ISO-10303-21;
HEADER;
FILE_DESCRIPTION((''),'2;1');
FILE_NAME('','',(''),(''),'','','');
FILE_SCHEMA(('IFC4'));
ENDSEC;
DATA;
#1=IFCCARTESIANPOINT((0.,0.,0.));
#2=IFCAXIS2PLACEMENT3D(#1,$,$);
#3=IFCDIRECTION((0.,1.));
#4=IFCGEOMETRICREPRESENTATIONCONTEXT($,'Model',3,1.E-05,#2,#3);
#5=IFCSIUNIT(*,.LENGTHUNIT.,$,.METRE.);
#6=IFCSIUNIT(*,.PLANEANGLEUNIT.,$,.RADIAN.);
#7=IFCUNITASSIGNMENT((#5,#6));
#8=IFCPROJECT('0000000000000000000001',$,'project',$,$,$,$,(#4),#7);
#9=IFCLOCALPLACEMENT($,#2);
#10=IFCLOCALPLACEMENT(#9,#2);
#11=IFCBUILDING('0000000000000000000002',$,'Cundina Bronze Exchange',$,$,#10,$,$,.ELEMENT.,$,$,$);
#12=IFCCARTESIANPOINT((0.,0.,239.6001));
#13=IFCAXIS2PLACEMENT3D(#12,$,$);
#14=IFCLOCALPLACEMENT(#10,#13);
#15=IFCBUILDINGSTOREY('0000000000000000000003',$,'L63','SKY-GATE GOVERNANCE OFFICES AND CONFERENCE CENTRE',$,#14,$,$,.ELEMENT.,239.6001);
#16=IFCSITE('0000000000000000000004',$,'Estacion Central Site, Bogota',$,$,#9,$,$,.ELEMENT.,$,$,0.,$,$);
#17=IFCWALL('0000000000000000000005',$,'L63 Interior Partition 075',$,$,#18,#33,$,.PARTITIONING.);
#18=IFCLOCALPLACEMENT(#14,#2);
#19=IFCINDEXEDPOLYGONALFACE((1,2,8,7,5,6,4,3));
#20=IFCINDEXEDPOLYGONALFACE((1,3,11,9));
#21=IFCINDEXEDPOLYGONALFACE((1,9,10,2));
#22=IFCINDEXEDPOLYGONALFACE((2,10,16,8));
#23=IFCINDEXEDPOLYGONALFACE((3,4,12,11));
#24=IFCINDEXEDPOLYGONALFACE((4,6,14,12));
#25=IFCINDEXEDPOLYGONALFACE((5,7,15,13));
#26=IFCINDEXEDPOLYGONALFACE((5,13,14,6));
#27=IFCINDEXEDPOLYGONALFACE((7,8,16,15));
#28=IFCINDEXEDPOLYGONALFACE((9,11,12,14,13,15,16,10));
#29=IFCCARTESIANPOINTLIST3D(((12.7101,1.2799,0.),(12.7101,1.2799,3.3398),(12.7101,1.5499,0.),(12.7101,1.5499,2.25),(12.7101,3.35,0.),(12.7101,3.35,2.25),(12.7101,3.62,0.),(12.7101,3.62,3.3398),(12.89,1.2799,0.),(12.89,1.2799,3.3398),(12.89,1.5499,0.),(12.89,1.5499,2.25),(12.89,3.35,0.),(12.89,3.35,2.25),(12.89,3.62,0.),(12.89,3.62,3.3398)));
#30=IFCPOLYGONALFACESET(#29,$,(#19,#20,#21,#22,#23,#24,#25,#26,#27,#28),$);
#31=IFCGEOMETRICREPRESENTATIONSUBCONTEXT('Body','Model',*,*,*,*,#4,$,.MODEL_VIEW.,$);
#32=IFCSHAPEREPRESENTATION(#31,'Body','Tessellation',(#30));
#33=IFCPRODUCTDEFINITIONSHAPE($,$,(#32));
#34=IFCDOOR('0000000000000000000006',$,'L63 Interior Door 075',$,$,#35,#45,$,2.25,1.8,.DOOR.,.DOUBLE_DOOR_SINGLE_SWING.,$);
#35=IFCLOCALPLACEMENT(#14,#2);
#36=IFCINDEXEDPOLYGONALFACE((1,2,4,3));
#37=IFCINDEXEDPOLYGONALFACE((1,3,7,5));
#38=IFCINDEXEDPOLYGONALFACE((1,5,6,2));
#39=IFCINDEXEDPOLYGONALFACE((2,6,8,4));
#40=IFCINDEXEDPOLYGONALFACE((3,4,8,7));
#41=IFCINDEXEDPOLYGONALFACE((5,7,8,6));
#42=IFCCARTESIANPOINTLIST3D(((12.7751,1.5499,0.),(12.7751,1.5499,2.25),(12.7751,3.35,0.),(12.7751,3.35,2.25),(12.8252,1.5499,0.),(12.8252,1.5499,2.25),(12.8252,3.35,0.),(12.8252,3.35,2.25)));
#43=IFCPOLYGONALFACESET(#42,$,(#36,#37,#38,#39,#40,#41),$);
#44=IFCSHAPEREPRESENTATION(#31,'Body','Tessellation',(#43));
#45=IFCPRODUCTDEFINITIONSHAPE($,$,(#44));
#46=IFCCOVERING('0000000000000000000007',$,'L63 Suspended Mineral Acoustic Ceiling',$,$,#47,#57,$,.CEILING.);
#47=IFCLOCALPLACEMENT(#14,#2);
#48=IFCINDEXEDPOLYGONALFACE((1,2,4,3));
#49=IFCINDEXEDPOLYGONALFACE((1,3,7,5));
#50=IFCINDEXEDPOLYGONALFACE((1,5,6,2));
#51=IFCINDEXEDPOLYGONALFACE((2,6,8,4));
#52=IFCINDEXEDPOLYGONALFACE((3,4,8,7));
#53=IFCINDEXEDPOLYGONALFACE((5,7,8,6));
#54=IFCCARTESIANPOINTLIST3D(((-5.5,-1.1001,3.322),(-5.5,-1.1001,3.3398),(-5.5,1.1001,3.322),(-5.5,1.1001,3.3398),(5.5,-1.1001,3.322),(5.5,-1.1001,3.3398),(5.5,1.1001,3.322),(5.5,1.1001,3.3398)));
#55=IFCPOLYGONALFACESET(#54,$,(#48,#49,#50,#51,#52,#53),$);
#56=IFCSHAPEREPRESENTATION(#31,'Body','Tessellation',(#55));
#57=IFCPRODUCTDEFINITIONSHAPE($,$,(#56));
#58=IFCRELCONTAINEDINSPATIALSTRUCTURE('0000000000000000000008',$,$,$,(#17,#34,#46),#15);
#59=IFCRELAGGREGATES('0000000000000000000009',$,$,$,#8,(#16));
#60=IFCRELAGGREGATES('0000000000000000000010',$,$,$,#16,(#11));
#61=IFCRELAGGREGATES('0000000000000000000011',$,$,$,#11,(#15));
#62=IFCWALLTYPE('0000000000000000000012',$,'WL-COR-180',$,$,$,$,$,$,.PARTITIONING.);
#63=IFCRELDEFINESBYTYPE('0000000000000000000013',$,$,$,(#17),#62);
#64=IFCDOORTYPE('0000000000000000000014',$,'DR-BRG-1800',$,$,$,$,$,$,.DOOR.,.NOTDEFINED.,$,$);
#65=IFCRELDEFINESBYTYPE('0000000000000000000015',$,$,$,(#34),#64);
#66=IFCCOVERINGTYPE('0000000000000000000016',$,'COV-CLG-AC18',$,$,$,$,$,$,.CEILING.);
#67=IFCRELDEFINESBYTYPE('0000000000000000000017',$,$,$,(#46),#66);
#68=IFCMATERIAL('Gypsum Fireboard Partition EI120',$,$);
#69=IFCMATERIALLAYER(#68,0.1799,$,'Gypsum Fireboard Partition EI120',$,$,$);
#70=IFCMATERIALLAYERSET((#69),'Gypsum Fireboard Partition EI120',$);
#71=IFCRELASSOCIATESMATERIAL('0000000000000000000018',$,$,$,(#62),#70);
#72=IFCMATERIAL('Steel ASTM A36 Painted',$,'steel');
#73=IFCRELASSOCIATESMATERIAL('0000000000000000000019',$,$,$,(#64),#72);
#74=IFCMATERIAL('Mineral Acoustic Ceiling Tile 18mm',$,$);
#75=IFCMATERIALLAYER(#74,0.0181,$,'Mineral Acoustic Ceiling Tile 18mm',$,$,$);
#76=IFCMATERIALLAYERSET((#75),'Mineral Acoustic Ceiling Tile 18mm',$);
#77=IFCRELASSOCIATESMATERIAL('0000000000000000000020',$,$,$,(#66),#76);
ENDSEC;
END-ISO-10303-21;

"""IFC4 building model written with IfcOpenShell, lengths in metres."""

from ifc_helpers import new_model, si_unit, direction, frame, frame_2d, origin, place, context, subcontext, project, spatial, polyline, rectangle, outline, extrude, material, layer, layer_set, type_object, element, fill, save


model = new_model("IFC4")

# Units and contexts
model_context = context("Model", 3, precision=1e-05, world=origin(), true_north=direction((0.0, 1.0)))
body_context = subcontext(model_context, "Body", "Model", "MODEL_VIEW")
ifc_project = project(units=[si_unit("LENGTHUNIT", "METRE"), si_unit("PLANEANGLEUNIT", "RADIAN")], contexts=[model_context])

# Site, building, storey
site_placement = place(None, origin())
site = spatial("IfcSite", under=ifc_project, at=site_placement, Name="Estacion Central Site, Bogota", CompositionType="ELEMENT", RefElevation=0.0)
building_placement = place(site_placement, origin())
building = spatial("IfcBuilding", under=site, at=building_placement, Name="Cundina Bronze Exchange", CompositionType="ELEMENT")
storey_placement = place(building_placement, frame((0.0, 0.0, 239.6001)))
storey = spatial("IfcBuildingStorey", under=building, at=storey_placement, Name="L63", Description="SKY-GATE GOVERNANCE OFFICES AND CONFERENCE CENTRE", CompositionType="ELEMENT", Elevation=239.6001)

# Wall, opening, door
ifc_material_1 = material(Name="Gypsum Fireboard Partition EI120")
ifc_layer_1 = layer(ifc_material_1, 0.1799, Name="Gypsum Fireboard Partition EI120")
ifc_layer_set_1 = layer_set([ifc_layer_1], Name="Gypsum Fireboard Partition EI120")
wall_type = type_object("IfcWallType", Name="WL-COR-180", PredefinedType="PARTITIONING", material=ifc_layer_set_1)
wall_1_placement = place(storey_placement, frame((12.8, 1.28, 0.0), z_axis=(0.0, 0.0, 1.0), x_axis=(0.0, 1.0, 0.0)))
wall_1 = element("IfcWall", 1, at=wall_1_placement, inside=storey, type_object=wall_type, Name="L63 Interior Partition 075", PredefinedType="PARTITIONING", context=body_context, shape_type="SweptSolid", body=[
    extrude(rectangle(XDim=2.3401, YDim=0.1799, at=frame_2d((1.1699, 0.0))), origin(), (0.0, 0.0, 1.0), 3.3398),
])
opening_1_placement = place(wall_1_placement, frame((0.27, 0.0, 0.0)))
opening_1 = element("IfcOpeningElement", 2, at=opening_1_placement, cuts=wall_1, PredefinedType="OPENING", context=body_context, shape_type="SweptSolid", body=[
    extrude(rectangle(XDim=1.8, YDim=2.25, at=frame_2d((0.8999, 1.125))), frame((0.0, 0.0999, 0.0), z_axis=(0.0, -1.0, 0.0), x_axis=(1.0, 0.0, 0.0)), (0.0, 0.0, 1.0), 0.2),
])
ifc_material_2 = material(Name="Steel ASTM A36 Painted", Category="steel")
door_type_1 = type_object("IfcDoorType", Name="DR-BRG-1800", OperationType="NOTDEFINED", PredefinedType="DOOR", material=ifc_material_2)
door_1_placement = place(opening_1_placement, origin())
door_1 = element("IfcDoor", 3, at=door_1_placement, inside=storey, type_object=door_type_1, Name="L63 Interior Door 075", OperationType="DOUBLE_DOOR_SINGLE_SWING", OverallHeight=2.25, OverallWidth=1.8, PredefinedType="DOOR", context=body_context, shape_type="SweptSolid", body=[
    extrude(rectangle(XDim=1.8, YDim=2.25, at=frame_2d((0.8999, 1.125))), frame((0.0, 0.0249, 0.0), z_axis=(0.0, -1.0, 0.0), x_axis=(1.0, 0.0, 0.0)), (0.0, 0.0, 1.0), 0.05),
])
fill(opening_1, door_1)

# Covering
ifc_material_3 = material(Name="Mineral Acoustic Ceiling Tile 18mm")
ifc_layer_2 = layer(ifc_material_3, 0.0181, Name="Mineral Acoustic Ceiling Tile 18mm")
ifc_layer_set_2 = layer_set([ifc_layer_2], Name="Mineral Acoustic Ceiling Tile 18mm")
covering_type = type_object("IfcCoveringType", Name="COV-CLG-AC18", PredefinedType="CEILING", material=ifc_layer_set_2)
covering_placement = place(storey_placement, frame((0.0, 0.0, 3.322)))
element("IfcCovering", 4, at=covering_placement, inside=storey, type_object=covering_type, Name="L63 Suspended Mineral Acoustic Ceiling", PredefinedType="CEILING", context=body_context, shape_type="SweptSolid", body=[
    extrude(outline(polyline([(-5.5, -1.1001), (5.5, -1.1001), (5.5, 1.1001), (-5.5, 1.1001), (-5.5, -1.1001)])), origin(), (0.0, 0.0, 1.0), 0.0178),
])

save(model, "model.ifc")
